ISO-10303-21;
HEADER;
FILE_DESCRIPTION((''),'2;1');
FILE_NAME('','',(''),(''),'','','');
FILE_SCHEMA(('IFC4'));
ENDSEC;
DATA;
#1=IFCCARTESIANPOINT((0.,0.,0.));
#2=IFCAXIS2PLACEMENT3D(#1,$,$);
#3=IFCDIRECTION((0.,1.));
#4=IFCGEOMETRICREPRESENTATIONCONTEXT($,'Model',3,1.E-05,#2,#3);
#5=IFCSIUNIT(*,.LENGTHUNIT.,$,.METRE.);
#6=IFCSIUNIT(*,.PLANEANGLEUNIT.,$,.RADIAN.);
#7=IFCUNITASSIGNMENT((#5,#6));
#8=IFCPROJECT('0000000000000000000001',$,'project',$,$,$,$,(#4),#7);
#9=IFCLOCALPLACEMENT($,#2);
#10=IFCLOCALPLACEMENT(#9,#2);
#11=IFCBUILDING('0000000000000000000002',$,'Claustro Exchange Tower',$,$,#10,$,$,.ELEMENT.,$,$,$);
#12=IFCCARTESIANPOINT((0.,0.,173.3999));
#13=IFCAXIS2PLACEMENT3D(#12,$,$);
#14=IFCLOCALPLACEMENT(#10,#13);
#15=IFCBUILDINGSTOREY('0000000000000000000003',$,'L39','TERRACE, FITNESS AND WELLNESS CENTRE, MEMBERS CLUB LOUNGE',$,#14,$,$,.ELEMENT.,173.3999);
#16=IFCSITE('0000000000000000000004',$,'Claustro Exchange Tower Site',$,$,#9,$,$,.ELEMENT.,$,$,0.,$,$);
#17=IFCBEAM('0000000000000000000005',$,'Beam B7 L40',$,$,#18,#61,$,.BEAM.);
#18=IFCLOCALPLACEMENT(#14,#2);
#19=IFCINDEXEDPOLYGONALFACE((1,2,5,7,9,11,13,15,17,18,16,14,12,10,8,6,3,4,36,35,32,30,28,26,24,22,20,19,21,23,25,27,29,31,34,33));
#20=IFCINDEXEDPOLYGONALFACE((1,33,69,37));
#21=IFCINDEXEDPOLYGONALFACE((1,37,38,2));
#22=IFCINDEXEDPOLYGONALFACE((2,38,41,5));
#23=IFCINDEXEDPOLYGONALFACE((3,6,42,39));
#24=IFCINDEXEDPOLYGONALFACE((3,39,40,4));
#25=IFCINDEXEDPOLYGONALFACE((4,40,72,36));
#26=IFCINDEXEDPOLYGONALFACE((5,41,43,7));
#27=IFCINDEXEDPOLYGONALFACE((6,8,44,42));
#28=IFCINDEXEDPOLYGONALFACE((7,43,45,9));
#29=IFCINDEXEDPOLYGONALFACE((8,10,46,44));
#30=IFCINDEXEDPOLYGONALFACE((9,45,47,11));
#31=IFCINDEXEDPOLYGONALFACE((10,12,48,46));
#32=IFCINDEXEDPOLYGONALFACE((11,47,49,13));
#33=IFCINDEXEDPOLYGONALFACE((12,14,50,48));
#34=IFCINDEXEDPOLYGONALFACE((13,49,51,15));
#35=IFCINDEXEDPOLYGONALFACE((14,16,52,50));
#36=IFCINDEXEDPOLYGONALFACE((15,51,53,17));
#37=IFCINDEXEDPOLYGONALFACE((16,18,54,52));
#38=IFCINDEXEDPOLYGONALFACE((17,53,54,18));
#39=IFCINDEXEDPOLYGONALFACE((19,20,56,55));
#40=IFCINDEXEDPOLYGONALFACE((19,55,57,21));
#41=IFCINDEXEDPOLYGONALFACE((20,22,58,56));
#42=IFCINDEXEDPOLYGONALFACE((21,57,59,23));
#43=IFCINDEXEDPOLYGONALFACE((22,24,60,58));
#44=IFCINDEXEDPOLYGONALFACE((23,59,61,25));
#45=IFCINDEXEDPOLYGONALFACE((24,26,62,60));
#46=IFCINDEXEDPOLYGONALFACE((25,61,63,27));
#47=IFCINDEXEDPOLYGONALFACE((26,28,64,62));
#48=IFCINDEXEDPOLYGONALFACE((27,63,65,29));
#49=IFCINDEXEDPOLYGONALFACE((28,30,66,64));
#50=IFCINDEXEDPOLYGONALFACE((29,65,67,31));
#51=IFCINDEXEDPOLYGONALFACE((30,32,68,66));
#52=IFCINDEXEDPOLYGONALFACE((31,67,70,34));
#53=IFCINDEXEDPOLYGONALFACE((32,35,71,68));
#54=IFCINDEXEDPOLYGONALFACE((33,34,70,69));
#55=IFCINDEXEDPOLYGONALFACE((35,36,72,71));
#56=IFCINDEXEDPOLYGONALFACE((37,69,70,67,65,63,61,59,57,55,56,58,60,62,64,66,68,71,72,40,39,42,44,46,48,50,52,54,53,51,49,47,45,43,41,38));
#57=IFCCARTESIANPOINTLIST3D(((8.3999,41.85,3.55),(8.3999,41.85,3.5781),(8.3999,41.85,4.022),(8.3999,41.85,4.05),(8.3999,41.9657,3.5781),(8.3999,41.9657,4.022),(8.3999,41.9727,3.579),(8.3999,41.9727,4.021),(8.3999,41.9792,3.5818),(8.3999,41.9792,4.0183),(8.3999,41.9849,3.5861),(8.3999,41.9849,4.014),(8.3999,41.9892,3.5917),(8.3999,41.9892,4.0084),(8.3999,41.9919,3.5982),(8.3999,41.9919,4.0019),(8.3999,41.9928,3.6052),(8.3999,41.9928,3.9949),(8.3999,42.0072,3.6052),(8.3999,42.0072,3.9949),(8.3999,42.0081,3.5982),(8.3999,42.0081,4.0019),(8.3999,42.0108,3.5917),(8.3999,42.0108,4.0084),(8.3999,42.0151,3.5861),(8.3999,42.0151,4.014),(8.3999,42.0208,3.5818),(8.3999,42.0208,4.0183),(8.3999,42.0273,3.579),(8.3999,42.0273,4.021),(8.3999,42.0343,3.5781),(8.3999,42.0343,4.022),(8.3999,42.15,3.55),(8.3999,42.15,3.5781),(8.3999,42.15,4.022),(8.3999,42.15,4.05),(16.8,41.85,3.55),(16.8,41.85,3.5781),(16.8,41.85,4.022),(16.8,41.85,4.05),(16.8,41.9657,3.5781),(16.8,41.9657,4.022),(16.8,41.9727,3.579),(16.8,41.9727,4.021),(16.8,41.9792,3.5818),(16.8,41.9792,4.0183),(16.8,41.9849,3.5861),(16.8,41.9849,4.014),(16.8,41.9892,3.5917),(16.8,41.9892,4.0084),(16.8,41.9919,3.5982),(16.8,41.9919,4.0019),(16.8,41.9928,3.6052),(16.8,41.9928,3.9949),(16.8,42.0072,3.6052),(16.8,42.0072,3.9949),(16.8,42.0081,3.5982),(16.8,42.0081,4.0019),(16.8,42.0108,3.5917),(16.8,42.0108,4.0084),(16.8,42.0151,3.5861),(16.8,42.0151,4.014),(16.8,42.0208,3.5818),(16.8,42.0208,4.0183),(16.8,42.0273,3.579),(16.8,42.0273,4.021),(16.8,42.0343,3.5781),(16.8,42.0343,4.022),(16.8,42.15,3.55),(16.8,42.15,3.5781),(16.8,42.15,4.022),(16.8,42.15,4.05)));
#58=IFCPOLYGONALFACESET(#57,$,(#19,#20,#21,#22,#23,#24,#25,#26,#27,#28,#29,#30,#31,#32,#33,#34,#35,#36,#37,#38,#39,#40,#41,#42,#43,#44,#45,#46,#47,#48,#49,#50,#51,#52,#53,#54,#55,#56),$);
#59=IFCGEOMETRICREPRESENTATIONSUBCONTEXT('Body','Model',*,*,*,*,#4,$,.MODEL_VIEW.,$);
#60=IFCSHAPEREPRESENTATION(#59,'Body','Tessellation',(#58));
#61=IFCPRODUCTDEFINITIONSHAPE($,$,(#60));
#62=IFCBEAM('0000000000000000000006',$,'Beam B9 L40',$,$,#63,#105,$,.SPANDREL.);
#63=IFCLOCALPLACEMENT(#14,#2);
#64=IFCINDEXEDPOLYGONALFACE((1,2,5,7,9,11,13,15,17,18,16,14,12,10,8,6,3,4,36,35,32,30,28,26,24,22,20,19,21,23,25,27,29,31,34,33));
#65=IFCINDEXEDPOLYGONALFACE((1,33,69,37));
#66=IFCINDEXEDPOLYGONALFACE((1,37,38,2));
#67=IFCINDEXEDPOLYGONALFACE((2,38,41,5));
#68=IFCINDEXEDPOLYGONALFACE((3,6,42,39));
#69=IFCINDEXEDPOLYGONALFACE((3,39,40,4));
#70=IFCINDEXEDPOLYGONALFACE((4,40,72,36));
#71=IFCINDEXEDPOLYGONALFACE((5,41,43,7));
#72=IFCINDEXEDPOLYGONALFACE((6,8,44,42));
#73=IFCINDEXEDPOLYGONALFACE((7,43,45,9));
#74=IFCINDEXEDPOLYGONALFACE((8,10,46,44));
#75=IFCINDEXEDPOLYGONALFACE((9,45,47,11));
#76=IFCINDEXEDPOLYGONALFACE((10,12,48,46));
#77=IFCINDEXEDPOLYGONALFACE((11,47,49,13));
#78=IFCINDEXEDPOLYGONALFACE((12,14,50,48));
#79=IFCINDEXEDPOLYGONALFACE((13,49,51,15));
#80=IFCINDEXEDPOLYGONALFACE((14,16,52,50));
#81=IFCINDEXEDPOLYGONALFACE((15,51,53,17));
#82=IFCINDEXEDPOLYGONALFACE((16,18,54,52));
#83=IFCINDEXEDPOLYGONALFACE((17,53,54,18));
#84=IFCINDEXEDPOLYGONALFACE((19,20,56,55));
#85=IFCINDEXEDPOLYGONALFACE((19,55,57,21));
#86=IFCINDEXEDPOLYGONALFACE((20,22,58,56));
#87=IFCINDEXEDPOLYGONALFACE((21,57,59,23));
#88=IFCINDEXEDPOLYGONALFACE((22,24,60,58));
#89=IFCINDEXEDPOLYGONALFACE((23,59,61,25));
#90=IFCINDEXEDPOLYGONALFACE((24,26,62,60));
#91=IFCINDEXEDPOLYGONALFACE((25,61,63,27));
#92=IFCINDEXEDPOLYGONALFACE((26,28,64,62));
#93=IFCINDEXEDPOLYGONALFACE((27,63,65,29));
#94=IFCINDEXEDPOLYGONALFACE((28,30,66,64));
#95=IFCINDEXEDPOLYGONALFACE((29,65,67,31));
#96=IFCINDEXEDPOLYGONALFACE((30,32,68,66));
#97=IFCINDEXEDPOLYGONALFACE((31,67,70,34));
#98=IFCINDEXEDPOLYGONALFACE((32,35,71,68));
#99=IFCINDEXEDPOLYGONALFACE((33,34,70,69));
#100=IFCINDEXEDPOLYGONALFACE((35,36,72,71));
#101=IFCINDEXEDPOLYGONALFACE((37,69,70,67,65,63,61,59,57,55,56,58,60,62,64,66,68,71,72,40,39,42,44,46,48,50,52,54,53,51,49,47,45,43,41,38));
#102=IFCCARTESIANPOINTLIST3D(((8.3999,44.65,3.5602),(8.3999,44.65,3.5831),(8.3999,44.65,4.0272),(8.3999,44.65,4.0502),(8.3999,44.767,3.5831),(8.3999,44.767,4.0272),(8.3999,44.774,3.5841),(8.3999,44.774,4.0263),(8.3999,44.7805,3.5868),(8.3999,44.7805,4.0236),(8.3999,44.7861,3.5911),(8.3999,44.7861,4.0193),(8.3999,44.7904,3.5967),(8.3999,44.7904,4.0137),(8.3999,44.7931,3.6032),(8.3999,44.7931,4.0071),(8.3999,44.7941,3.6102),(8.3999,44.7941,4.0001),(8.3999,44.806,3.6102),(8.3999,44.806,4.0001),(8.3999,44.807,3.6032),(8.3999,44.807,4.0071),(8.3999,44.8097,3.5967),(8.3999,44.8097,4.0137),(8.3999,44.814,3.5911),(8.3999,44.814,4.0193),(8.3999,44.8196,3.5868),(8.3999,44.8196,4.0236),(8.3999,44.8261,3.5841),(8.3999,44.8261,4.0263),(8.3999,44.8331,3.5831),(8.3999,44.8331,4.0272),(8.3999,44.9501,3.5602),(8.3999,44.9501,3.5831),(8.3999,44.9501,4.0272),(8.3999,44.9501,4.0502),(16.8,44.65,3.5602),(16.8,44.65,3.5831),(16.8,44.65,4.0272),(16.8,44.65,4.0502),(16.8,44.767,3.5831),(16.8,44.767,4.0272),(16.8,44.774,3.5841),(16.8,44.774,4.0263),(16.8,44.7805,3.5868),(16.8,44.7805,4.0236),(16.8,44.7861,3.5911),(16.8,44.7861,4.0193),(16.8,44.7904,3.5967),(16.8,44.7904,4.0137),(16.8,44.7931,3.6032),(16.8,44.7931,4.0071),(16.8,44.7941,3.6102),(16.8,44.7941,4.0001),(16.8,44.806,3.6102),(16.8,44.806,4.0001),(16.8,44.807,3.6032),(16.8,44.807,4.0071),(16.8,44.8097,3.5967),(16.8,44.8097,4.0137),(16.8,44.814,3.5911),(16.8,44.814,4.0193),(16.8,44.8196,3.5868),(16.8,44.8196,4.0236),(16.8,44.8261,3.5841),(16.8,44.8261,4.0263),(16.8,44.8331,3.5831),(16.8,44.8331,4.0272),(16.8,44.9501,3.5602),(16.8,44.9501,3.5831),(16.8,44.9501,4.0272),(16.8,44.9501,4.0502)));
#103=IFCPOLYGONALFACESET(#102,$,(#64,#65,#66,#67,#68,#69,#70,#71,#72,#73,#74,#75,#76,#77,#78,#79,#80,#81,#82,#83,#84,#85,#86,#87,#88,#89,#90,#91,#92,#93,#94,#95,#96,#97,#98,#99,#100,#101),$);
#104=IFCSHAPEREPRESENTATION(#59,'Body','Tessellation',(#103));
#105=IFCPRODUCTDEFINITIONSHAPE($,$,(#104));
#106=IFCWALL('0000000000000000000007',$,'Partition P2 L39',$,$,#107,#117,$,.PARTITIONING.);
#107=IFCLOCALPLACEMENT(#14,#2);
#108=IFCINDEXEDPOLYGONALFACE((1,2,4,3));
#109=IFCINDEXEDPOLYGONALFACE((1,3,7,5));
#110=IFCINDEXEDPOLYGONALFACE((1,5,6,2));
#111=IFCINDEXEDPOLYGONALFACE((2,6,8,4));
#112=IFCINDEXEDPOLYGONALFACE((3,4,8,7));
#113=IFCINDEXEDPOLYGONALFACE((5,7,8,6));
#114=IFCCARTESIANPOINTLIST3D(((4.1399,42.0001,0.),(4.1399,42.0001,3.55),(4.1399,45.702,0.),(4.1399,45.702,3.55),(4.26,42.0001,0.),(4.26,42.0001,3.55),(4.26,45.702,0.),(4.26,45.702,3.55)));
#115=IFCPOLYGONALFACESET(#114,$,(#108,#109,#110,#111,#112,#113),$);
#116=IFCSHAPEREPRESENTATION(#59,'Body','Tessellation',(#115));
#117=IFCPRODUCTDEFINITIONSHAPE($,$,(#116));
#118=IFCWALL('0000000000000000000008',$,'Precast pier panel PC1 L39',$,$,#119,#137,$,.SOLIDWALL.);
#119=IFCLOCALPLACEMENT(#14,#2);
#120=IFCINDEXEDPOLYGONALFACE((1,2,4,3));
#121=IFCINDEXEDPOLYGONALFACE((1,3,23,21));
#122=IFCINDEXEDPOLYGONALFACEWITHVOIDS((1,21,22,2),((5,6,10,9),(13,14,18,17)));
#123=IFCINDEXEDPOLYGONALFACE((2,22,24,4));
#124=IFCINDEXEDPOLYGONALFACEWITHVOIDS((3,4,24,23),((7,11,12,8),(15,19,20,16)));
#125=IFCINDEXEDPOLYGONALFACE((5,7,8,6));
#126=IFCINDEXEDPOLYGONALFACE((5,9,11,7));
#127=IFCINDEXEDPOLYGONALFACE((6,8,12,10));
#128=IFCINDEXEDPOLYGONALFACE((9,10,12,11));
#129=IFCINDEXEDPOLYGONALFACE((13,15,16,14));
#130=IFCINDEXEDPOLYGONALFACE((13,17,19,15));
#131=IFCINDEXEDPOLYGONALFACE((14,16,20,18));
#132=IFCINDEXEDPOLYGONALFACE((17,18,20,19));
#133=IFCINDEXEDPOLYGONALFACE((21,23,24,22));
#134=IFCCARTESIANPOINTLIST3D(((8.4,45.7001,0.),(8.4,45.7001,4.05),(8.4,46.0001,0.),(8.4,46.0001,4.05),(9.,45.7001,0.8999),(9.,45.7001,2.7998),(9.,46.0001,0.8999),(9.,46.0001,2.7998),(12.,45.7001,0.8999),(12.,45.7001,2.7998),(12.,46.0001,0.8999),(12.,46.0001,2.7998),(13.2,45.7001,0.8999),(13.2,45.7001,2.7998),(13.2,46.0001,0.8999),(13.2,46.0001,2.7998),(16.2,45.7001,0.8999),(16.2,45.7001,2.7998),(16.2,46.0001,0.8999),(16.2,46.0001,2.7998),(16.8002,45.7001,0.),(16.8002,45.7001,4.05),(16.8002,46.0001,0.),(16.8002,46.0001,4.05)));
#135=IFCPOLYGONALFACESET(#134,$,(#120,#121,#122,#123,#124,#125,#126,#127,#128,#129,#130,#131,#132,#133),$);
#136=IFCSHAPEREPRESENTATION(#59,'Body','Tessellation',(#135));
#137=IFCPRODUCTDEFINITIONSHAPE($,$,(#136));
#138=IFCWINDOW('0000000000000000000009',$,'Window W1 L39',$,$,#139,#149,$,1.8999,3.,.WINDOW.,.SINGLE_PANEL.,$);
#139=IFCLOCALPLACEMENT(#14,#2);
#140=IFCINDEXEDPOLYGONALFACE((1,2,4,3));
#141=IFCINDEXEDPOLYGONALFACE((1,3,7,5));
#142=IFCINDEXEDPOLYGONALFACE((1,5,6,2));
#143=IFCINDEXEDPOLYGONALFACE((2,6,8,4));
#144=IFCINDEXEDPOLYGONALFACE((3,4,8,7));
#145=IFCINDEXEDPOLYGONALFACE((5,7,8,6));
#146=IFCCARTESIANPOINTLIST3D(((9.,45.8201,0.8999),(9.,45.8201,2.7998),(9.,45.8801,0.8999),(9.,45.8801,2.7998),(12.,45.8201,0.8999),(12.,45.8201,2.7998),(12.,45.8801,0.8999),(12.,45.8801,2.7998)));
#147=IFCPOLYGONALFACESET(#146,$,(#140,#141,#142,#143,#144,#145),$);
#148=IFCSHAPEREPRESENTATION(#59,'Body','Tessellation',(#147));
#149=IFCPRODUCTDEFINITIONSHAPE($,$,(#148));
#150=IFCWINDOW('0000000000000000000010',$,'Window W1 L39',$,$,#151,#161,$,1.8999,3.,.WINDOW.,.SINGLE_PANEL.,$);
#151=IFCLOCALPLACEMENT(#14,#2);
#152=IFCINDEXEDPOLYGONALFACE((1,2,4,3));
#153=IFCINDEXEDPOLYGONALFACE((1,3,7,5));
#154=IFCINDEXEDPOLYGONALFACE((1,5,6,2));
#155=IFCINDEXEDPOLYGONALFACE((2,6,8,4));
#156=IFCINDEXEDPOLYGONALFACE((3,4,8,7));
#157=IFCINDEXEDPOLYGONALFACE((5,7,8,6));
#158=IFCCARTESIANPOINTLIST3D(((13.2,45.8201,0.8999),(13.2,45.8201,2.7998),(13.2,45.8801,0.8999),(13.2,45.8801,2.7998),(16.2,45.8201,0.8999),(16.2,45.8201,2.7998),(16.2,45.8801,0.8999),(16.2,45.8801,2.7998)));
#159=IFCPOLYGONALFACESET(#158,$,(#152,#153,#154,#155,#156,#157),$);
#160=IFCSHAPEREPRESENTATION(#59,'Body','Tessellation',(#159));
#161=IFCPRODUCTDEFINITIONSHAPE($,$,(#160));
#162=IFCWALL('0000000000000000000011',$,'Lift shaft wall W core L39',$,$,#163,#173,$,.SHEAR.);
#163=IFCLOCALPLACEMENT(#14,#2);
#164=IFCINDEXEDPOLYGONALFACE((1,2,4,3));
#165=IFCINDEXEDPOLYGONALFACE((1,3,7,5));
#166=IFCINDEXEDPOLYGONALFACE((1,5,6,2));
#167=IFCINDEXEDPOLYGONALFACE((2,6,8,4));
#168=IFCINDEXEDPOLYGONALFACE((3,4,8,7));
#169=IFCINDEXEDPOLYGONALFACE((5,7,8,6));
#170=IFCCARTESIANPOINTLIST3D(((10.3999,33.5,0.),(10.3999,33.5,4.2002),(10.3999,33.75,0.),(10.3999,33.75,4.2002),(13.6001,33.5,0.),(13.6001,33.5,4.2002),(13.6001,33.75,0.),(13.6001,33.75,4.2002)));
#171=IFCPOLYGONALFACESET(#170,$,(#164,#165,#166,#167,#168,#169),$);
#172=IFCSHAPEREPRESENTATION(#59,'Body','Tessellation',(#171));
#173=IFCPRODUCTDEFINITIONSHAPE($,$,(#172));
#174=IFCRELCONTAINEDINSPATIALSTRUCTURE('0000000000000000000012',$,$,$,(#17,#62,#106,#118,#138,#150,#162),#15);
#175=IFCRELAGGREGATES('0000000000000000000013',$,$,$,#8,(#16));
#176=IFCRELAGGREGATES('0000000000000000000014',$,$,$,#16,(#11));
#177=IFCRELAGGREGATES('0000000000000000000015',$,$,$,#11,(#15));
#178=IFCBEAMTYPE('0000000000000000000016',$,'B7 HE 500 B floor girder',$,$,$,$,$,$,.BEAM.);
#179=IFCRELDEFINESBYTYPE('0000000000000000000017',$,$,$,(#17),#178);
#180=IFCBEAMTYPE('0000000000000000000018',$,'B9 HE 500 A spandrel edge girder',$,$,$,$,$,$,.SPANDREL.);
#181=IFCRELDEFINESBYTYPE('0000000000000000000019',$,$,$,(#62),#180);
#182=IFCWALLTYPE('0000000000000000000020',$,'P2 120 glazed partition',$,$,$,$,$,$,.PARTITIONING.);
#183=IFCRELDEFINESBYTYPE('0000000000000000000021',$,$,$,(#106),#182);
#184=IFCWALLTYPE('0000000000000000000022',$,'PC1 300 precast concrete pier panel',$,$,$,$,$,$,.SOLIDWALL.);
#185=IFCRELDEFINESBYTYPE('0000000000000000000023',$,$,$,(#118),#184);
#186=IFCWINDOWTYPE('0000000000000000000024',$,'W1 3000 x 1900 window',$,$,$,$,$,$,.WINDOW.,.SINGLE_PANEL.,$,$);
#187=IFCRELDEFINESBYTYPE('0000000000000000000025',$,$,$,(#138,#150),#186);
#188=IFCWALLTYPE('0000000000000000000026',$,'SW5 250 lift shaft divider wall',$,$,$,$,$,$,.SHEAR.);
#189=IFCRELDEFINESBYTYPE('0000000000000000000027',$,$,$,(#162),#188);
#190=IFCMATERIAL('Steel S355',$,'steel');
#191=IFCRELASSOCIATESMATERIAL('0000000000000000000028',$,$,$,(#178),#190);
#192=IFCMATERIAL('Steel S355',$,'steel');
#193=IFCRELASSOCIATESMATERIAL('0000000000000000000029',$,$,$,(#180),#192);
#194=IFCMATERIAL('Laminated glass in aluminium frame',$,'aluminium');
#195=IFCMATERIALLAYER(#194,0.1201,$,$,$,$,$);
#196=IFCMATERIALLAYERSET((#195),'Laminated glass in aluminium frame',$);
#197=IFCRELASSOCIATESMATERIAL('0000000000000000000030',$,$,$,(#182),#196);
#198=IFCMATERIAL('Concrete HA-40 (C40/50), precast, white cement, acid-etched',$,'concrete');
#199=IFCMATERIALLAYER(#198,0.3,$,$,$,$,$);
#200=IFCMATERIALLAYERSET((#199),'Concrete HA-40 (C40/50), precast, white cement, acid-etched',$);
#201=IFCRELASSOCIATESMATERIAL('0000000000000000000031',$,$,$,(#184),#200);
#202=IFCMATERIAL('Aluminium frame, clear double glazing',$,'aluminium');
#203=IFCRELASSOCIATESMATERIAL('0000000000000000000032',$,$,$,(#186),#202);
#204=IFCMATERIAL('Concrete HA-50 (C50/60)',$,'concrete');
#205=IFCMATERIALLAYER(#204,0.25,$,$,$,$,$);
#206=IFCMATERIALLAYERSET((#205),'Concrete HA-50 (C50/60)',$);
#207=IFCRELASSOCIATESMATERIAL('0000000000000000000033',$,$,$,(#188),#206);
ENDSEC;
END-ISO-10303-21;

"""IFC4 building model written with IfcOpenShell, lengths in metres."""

from ifc_helpers import new_model, si_unit, direction, frame, frame_2d, origin, origin_2d, place, context, subcontext, project, spatial, rectangle, i_section, extrude, material, layer, layer_set, material_profile, profile_set, type_object, element, fill, save


model = new_model("IFC4")

# Units and contexts
model_context = context("Model", 3, precision=1e-05, world=origin(), true_north=direction((0.0, 1.0)))
body_context = subcontext(model_context, "Body", "Model", "MODEL_VIEW")
ifc_project = project(units=[si_unit("LENGTHUNIT", "METRE"), si_unit("PLANEANGLEUNIT", "RADIAN")], contexts=[model_context])

# Site, building, storey
site_placement = place(None, origin())
site = spatial("IfcSite", under=ifc_project, at=site_placement, Name="Claustro Exchange Tower Site", CompositionType="ELEMENT", RefElevation=0.0)
building_placement = place(site_placement, origin())
building = spatial("IfcBuilding", under=site, at=building_placement, Name="Claustro Exchange Tower", CompositionType="ELEMENT")
storey_placement = place(building_placement, frame((0.0, 0.0, 173.3999)))
storey = spatial("IfcBuildingStorey", under=building, at=storey_placement, Name="L39", Description="TERRACE, FITNESS AND WELLNESS CENTRE, MEMBERS CLUB LOUNGE", CompositionType="ELEMENT", Elevation=173.3999)

# Beams
ifc_material_1 = material(Name="Steel S355", Category="steel")
ifc_material_profile_1 = material_profile(ifc_material_1, i_section(OverallWidth=0.3, OverallDepth=0.5, WebThickness=0.0144, FlangeThickness=0.0281, FilletRadius=0.0271, at=origin_2d()), Name="HE 500 B")
ifc_profile_set_1 = profile_set([ifc_material_profile_1], Name="Steel S355")
beam_type_1 = type_object("IfcBeamType", Name="B7 HE 500 B floor girder", PredefinedType="BEAM", material=ifc_profile_set_1)
beam_1_placement = place(storey_placement, frame((8.3999, 42.0, 3.8), z_axis=(1.0, 0.0, 0.0), x_axis=(0.0, 1.0, 0.0)))
element("IfcBeam", 1, at=beam_1_placement, inside=storey, type_object=beam_type_1, Name="Beam B7 L40", PredefinedType="BEAM", context=body_context, shape_type="SweptSolid", body=[
    extrude(i_section(OverallWidth=0.3, OverallDepth=0.5, WebThickness=0.0144, FlangeThickness=0.0281, FilletRadius=0.0271, at=origin_2d()), origin(), (0.0, 0.0, 1.0), 8.4001),
])
ifc_material_2 = material(Name="Steel S355", Category="steel")
ifc_material_profile_2 = material_profile(ifc_material_2, i_section(OverallWidth=0.3, OverallDepth=0.49, WebThickness=0.012, FlangeThickness=0.0229, FilletRadius=0.0271, at=origin_2d()), Name="HE 500 A")
ifc_profile_set_2 = profile_set([ifc_material_profile_2], Name="Steel S355")
beam_type_2 = type_object("IfcBeamType", Name="B9 HE 500 A spandrel edge girder", PredefinedType="SPANDREL", material=ifc_profile_set_2)
beam_2_placement = place(storey_placement, frame((8.3999, 44.8, 3.8052), z_axis=(1.0, 0.0, 0.0), x_axis=(0.0, 1.0, 0.0)))
element("IfcBeam", 2, at=beam_2_placement, inside=storey, type_object=beam_type_2, Name="Beam B9 L40", PredefinedType="SPANDREL", context=body_context, shape_type="SweptSolid", body=[
    extrude(i_section(OverallWidth=0.3, OverallDepth=0.49, WebThickness=0.012, FlangeThickness=0.0229, FilletRadius=0.0271, at=origin_2d()), origin(), (0.0, 0.0, 1.0), 8.4001),
])

# Wall
ifc_material_3 = material(Name="Laminated glass in aluminium frame", Category="aluminium")
ifc_layer_1 = layer(ifc_material_3, 0.1201)
ifc_layer_set_1 = layer_set([ifc_layer_1], Name="Laminated glass in aluminium frame")
wall_type_1 = type_object("IfcWallType", Name="P2 120 glazed partition", PredefinedType="PARTITIONING", material=ifc_layer_set_1)
wall_1_placement = place(storey_placement, frame((4.2, 42.0, 0.0), z_axis=(0.0, 0.0, 1.0), x_axis=(0.0, 1.0, 0.0)))
element("IfcWall", 3, at=wall_1_placement, inside=storey, type_object=wall_type_1, Name="Partition P2 L39", PredefinedType="PARTITIONING", context=body_context, shape_type="SweptSolid", body=[
    extrude(rectangle(XDim=3.7019, YDim=0.1201, at=frame_2d((1.8511, 0.0))), origin(), (0.0, 0.0, 1.0), 3.55),
])

# Wall, openings, windows
ifc_material_4 = material(Name="Concrete HA-40 (C40/50), precast, white cement, acid-etched", Category="concrete")
ifc_layer_2 = layer(ifc_material_4, 0.3)
ifc_layer_set_2 = layer_set([ifc_layer_2], Name="Concrete HA-40 (C40/50), precast, white cement, acid-etched")
wall_type_2 = type_object("IfcWallType", Name="PC1 300 precast concrete pier panel", PredefinedType="SOLIDWALL", material=ifc_layer_set_2)
wall_2_placement = place(storey_placement, frame((8.3999, 45.8501, 0.0), z_axis=(0.0, 0.0, 1.0), x_axis=(1.0, 0.0, 0.0)))
wall_2 = element("IfcWall", 4, at=wall_2_placement, inside=storey, type_object=wall_type_2, Name="Precast pier panel PC1 L39", PredefinedType="SOLIDWALL", context=body_context, shape_type="SweptSolid", body=[
    extrude(rectangle(XDim=8.4001, YDim=0.3, at=frame_2d((4.2002, 0.0))), origin(), (0.0, 0.0, 1.0), 4.05),
])
opening_1_placement = place(wall_2_placement, frame((0.6001, 0.0, 0.8999)))
opening_1 = element("IfcOpeningElement", 5, at=opening_1_placement, cuts=wall_2, PredefinedType="OPENING", context=body_context, shape_type="SweptSolid", body=[
    extrude(rectangle(XDim=3.0, YDim=1.8999, at=frame_2d((1.5, 0.95))), frame((0.0, 0.1599, 0.0), z_axis=(0.0, -1.0, 0.0), x_axis=(1.0, 0.0, 0.0)), (0.0, 0.0, 1.0), 0.3201),
])
opening_2_placement = place(wall_2_placement, frame((4.8, 0.0, 0.8999)))
opening_2 = element("IfcOpeningElement", 6, at=opening_2_placement, cuts=wall_2, PredefinedType="OPENING", context=body_context, shape_type="SweptSolid", body=[
    extrude(rectangle(XDim=3.0, YDim=1.8999, at=frame_2d((1.5, 0.95))), frame((0.0, 0.1599, 0.0), z_axis=(0.0, -1.0, 0.0), x_axis=(1.0, 0.0, 0.0)), (0.0, 0.0, 1.0), 0.3201),
])
ifc_material_5 = material(Name="Aluminium frame, clear double glazing", Category="aluminium")
window_type = type_object("IfcWindowType", Name="W1 3000 x 1900 window", PartitioningType="SINGLE_PANEL", PredefinedType="WINDOW", material=ifc_material_5)
window_1_placement = place(opening_1_placement, origin())
window_1 = element("IfcWindow", 7, at=window_1_placement, inside=storey, type_object=window_type, Name="Window W1 L39", OverallHeight=1.8999, OverallWidth=3.0, PartitioningType="SINGLE_PANEL", PredefinedType="WINDOW", context=body_context, shape_type="SweptSolid", body=[
    extrude(rectangle(XDim=3.0, YDim=1.8999, at=frame_2d((1.5, 0.95))), frame((0.0, 0.03, 0.0), z_axis=(0.0, -1.0, 0.0), x_axis=(1.0, 0.0, 0.0)), (0.0, 0.0, 1.0), 0.0601),
])
fill(opening_1, window_1)
window_2_placement = place(opening_2_placement, origin())
window_2 = element("IfcWindow", 8, at=window_2_placement, inside=storey, type_object=window_type, Name="Window W1 L39", OverallHeight=1.8999, OverallWidth=3.0, PartitioningType="SINGLE_PANEL", PredefinedType="WINDOW", context=body_context, shape_type="SweptSolid", body=[
    extrude(rectangle(XDim=3.0, YDim=1.8999, at=frame_2d((1.5, 0.95))), frame((0.0, 0.03, 0.0), z_axis=(0.0, -1.0, 0.0), x_axis=(1.0, 0.0, 0.0)), (0.0, 0.0, 1.0), 0.0601),
])
fill(opening_2, window_2)

# Wall
ifc_material_6 = material(Name="Concrete HA-50 (C50/60)", Category="concrete")
ifc_layer_3 = layer(ifc_material_6, 0.25)
ifc_layer_set_3 = layer_set([ifc_layer_3], Name="Concrete HA-50 (C50/60)")
wall_type_3 = type_object("IfcWallType", Name="SW5 250 lift shaft divider wall", PredefinedType="SHEAR", material=ifc_layer_set_3)
wall_3_placement = place(storey_placement, frame((10.3999, 33.625, 0.0), z_axis=(0.0, 0.0, 1.0), x_axis=(1.0, 0.0, 0.0)))
element("IfcWall", 9, at=wall_3_placement, inside=storey, type_object=wall_type_3, Name="Lift shaft wall W core L39", PredefinedType="SHEAR", context=body_context, shape_type="SweptSolid", body=[
    extrude(rectangle(XDim=3.2002, YDim=0.25, at=frame_2d((1.6001, 0.0))), origin(), (0.0, 0.0, 1.0), 4.2002),
])

save(model, "model.ifc")
